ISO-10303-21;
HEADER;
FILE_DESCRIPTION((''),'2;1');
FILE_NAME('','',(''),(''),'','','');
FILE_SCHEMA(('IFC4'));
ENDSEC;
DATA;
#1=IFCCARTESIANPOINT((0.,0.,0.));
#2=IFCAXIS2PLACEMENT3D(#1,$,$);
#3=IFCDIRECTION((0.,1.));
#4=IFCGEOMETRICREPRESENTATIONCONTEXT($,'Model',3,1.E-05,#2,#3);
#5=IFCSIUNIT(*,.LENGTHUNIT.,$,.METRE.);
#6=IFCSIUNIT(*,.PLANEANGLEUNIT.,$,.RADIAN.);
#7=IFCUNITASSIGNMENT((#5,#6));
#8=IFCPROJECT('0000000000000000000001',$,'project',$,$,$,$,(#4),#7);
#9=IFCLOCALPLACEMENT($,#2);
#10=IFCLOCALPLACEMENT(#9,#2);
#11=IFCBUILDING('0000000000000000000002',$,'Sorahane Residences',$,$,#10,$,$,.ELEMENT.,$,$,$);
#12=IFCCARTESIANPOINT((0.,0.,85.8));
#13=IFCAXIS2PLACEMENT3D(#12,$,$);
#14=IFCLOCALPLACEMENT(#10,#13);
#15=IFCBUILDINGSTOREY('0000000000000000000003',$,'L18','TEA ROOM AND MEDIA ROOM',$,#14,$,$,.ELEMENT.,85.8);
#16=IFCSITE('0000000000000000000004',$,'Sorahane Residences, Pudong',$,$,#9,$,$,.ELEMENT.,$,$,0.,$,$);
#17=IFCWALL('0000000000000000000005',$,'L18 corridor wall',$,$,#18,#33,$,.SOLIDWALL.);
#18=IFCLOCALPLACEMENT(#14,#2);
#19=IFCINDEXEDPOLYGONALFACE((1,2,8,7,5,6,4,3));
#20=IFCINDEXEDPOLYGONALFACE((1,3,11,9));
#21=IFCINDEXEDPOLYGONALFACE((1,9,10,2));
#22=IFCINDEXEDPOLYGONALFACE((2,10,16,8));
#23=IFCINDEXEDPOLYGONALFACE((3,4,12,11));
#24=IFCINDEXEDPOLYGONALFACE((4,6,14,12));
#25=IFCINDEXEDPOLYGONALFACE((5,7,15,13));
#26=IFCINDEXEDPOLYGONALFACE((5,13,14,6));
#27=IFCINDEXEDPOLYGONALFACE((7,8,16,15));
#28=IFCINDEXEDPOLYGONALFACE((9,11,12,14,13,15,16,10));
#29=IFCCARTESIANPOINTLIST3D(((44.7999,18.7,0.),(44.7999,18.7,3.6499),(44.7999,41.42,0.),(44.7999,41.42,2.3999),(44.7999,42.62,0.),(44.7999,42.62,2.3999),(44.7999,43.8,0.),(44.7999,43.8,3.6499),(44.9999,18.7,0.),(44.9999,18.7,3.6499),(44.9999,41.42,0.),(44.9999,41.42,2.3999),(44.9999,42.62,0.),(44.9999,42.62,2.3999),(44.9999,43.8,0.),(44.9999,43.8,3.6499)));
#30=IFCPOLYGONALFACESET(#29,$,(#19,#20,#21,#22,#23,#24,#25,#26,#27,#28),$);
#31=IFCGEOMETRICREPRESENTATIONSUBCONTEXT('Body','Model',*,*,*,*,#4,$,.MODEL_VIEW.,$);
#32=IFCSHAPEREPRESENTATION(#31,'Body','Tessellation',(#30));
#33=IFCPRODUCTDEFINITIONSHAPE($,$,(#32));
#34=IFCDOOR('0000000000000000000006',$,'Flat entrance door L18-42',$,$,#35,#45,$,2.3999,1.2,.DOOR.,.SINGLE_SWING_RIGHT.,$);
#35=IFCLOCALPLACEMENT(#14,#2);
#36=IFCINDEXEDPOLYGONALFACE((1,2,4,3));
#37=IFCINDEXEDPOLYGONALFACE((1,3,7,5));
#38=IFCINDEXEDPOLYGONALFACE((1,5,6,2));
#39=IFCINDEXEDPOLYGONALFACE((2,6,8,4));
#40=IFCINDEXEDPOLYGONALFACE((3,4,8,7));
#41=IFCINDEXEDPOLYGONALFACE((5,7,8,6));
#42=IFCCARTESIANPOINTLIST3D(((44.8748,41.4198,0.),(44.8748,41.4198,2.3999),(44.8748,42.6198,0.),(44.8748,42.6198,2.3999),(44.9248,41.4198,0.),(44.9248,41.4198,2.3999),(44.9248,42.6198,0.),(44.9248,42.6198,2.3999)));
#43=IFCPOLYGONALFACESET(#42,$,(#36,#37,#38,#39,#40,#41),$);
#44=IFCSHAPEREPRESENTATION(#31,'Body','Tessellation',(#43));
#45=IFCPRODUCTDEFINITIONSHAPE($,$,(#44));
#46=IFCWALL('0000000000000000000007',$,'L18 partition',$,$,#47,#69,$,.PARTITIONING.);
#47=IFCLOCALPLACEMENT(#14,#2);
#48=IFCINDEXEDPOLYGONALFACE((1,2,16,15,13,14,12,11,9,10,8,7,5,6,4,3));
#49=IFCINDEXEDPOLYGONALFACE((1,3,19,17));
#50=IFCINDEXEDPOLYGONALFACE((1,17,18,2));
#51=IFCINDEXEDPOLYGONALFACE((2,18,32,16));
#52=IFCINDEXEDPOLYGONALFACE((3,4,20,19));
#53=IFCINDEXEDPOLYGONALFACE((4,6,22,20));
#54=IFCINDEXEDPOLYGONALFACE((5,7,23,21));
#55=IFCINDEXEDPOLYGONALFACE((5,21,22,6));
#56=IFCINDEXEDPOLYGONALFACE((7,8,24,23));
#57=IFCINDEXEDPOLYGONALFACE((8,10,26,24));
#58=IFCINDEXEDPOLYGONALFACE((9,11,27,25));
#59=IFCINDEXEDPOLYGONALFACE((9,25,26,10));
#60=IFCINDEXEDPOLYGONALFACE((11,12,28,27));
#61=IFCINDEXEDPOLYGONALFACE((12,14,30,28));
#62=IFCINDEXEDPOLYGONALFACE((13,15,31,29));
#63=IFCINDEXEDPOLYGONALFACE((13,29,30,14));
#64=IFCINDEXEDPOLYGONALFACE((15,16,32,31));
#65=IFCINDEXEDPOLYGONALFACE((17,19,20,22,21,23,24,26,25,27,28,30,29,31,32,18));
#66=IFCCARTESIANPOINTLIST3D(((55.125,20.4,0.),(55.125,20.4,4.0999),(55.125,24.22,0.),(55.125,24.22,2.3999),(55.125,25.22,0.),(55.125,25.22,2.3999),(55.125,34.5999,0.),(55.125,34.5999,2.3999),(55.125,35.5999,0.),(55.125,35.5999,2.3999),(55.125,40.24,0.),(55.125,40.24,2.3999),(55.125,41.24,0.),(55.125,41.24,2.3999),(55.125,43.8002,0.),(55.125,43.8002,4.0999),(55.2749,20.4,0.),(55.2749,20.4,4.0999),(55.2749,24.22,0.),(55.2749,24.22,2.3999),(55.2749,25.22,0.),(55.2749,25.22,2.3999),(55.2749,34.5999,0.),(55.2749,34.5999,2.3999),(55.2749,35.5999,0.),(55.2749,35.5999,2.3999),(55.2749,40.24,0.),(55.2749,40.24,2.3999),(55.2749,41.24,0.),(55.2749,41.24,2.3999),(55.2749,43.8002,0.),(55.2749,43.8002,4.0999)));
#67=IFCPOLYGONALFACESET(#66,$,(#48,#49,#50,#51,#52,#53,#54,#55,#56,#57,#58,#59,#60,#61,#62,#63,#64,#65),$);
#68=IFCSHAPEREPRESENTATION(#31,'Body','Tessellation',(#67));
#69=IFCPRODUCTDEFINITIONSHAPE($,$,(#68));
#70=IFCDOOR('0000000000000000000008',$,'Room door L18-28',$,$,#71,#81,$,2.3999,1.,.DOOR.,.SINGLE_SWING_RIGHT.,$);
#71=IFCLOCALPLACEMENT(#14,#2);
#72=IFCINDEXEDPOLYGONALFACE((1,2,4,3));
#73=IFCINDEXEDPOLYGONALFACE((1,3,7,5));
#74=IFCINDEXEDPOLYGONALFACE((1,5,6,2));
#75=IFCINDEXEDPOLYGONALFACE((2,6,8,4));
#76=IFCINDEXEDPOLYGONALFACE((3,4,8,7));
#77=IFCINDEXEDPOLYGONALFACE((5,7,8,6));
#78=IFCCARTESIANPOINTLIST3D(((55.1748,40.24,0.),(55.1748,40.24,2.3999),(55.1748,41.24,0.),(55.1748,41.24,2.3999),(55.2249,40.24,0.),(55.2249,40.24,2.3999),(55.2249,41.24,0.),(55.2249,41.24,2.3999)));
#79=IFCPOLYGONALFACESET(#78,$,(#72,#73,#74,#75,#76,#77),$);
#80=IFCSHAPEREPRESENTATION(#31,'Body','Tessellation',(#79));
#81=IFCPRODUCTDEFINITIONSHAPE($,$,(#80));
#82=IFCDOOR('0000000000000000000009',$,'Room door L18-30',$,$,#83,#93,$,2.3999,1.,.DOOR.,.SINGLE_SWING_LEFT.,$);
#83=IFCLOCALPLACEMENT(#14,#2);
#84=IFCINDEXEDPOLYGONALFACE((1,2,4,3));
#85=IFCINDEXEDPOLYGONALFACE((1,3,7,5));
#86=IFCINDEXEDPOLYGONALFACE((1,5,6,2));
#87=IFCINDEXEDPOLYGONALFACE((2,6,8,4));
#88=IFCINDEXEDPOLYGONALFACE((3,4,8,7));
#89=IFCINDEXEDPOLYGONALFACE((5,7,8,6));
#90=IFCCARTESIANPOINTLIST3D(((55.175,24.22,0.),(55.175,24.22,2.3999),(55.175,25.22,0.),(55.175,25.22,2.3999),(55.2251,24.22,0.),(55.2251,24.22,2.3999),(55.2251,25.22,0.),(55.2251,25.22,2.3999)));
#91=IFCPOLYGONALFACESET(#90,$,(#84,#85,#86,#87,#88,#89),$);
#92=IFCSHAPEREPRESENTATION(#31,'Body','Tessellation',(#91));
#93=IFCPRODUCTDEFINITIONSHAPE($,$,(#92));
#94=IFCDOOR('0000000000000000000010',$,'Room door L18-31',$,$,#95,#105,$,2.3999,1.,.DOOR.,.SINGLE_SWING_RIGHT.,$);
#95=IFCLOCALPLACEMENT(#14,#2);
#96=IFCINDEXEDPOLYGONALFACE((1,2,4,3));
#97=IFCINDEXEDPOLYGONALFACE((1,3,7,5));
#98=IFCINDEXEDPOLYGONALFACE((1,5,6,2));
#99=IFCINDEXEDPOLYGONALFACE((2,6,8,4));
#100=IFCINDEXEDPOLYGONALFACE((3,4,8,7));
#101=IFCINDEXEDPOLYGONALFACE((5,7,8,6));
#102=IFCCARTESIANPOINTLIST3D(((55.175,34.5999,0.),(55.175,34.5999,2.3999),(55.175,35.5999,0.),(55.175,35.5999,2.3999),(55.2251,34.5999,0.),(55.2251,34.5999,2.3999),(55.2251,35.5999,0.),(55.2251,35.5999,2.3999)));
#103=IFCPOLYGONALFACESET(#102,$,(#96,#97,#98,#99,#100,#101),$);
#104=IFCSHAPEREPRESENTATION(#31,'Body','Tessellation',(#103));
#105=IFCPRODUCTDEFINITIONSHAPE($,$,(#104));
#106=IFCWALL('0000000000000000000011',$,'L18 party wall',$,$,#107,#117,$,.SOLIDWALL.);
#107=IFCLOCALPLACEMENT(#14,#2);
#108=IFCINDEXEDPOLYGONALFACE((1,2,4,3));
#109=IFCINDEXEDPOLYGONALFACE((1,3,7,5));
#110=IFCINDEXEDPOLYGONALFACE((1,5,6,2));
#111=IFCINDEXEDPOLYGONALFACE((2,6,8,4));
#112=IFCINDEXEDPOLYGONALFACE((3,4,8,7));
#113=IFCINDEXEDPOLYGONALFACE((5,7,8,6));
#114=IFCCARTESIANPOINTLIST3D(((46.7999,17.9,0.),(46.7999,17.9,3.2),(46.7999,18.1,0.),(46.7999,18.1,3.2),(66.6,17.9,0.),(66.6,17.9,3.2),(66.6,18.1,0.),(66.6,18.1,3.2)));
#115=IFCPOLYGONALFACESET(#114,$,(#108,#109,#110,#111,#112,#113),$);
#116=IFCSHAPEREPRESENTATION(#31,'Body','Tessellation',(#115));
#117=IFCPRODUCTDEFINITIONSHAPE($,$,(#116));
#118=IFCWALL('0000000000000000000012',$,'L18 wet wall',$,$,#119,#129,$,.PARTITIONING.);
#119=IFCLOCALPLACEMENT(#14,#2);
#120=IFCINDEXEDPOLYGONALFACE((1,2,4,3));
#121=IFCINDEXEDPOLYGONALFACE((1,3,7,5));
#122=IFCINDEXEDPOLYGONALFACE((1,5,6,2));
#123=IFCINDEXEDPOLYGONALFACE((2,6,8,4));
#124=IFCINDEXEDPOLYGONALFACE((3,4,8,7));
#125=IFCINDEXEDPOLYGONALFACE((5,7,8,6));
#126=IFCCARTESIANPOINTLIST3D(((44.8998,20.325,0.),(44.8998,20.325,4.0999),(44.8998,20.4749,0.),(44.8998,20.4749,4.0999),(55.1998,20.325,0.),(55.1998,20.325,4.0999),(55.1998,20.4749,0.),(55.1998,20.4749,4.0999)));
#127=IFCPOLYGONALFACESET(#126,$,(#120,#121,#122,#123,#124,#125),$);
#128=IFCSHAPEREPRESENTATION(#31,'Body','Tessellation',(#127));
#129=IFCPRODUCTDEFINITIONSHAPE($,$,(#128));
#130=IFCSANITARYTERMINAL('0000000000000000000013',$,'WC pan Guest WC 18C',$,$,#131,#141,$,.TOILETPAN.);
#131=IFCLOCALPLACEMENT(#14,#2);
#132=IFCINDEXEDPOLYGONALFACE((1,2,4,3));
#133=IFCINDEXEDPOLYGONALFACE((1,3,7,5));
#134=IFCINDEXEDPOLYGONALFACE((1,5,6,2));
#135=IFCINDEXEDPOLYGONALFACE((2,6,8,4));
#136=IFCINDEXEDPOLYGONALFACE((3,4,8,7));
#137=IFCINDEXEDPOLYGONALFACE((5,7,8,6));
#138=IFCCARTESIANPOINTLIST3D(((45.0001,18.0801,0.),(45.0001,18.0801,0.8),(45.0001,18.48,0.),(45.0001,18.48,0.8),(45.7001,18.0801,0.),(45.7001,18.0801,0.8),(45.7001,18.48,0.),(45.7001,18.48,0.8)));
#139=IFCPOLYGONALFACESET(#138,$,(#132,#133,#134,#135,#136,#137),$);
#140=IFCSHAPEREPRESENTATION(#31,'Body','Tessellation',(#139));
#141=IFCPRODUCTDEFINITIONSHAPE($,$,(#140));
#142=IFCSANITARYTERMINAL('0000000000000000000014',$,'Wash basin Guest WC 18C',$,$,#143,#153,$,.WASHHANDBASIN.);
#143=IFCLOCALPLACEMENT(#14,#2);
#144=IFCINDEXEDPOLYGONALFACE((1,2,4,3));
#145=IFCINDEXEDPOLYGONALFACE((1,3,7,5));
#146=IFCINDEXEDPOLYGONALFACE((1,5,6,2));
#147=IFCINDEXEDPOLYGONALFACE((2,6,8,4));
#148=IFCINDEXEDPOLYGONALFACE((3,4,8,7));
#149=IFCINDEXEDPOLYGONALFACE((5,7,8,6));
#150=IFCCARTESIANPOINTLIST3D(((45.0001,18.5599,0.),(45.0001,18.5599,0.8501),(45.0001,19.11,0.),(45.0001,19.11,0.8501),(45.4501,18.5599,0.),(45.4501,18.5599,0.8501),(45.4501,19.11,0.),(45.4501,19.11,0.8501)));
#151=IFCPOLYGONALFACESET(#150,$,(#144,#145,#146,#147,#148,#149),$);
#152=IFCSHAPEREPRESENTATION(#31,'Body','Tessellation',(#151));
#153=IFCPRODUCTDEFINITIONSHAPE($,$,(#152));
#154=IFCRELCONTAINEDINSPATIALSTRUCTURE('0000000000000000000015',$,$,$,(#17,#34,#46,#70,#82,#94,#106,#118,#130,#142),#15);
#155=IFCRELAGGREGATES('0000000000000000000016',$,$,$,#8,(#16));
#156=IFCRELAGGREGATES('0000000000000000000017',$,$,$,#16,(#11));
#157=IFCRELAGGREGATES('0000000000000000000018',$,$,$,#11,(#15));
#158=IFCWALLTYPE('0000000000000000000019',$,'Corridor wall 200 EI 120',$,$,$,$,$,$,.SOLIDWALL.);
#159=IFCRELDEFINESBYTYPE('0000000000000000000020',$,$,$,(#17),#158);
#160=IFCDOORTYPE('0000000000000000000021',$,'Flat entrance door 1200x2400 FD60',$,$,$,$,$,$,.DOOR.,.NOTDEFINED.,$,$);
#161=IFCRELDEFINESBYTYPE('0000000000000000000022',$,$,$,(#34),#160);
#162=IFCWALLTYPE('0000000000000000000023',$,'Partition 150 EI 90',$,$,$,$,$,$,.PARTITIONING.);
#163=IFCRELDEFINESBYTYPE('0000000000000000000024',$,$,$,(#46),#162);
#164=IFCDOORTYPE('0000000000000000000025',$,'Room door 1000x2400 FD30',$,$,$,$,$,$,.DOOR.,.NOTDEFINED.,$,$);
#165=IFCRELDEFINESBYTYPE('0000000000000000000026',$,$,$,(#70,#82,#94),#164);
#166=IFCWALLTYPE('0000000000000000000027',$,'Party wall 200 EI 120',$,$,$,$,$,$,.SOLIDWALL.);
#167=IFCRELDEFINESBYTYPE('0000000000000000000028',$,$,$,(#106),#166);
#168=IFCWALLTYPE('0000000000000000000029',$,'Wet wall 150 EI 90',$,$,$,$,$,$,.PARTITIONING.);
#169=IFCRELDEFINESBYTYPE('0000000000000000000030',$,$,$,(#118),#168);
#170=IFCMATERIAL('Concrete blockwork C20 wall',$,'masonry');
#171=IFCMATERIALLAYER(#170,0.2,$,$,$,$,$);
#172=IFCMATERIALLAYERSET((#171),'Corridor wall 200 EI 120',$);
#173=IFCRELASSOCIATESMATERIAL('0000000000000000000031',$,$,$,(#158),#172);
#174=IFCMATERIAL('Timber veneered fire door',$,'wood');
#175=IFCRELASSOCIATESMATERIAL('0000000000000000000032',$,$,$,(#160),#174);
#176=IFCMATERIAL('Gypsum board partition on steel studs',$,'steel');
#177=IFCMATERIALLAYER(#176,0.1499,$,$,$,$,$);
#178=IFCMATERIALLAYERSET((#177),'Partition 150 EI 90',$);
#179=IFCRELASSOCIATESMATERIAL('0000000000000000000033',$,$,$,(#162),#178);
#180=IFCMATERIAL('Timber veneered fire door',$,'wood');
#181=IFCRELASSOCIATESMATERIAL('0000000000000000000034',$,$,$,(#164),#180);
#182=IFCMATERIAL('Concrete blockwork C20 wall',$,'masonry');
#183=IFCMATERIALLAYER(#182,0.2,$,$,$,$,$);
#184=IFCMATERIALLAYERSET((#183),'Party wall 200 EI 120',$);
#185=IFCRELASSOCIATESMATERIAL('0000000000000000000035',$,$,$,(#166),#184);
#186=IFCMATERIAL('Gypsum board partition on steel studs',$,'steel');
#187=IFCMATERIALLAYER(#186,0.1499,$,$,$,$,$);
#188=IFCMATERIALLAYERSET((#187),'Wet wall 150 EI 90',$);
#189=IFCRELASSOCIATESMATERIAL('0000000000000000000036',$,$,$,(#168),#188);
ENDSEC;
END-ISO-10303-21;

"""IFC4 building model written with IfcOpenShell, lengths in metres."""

from ifc_helpers import new_model, si_unit, direction, frame, frame_2d, origin, origin_2d, place, context, subcontext, project, spatial, rectangle, extrude, material, layer, layer_set, type_object, element, fill, save


model = new_model("IFC4")

# Units and contexts
model_context = context("Model", 3, precision=1e-05, world=origin(), true_north=direction((0.0, 1.0)))
body_context = subcontext(model_context, "Body", "Model", "MODEL_VIEW")
ifc_project = project(units=[si_unit("LENGTHUNIT", "METRE"), si_unit("PLANEANGLEUNIT", "RADIAN")], contexts=[model_context])

# Site, building, storey
site_placement = place(None, origin())
site = spatial("IfcSite", under=ifc_project, at=site_placement, Name="Sorahane Residences, Pudong", CompositionType="ELEMENT", RefElevation=0.0)
building_placement = place(site_placement, origin())
building = spatial("IfcBuilding", under=site, at=building_placement, Name="Sorahane Residences", CompositionType="ELEMENT")
storey_placement = place(building_placement, frame((0.0, 0.0, 85.8)))
storey = spatial("IfcBuildingStorey", under=building, at=storey_placement, Name="L18", Description="TEA ROOM AND MEDIA ROOM", CompositionType="ELEMENT", Elevation=85.8)

# Wall, opening, door
ifc_material_1 = material(Name="Concrete blockwork C20 wall", Category="masonry")
ifc_layer_1 = layer(ifc_material_1, 0.2)
ifc_layer_set_1 = layer_set([ifc_layer_1], Name="Corridor wall 200 EI 120")
wall_type_1 = type_object("IfcWallType", Name="Corridor wall 200 EI 120", PredefinedType="SOLIDWALL", material=ifc_layer_set_1)
wall_1_placement = place(storey_placement, frame((44.8999, 18.7, 0.0), z_axis=(0.0, 0.0, 1.0), x_axis=(0.0, 1.0, 0.0)))
wall_1 = element("IfcWall", 1, at=wall_1_placement, inside=storey, type_object=wall_type_1, Name="L18 corridor wall", PredefinedType="SOLIDWALL", context=body_context, shape_type="SweptSolid", body=[
    extrude(rectangle(XDim=25.1001, YDim=0.2, at=frame_2d((12.55, 0.0))), origin(), (0.0, 0.0, 1.0), 3.6499),
])
opening_1_placement = place(wall_1_placement, frame((22.72, 0.0, 0.0)))
opening_1 = element("IfcOpeningElement", 2, at=opening_1_placement, cuts=wall_1, PredefinedType="OPENING", context=body_context, shape_type="SweptSolid", body=[
    extrude(rectangle(XDim=1.2, YDim=2.3999, at=frame_2d((0.6001, 1.2))), frame((0.0, 0.1099, 0.0), z_axis=(0.0, -1.0, 0.0), x_axis=(1.0, 0.0, 0.0)), (0.0, 0.0, 1.0), 0.22),
])
ifc_material_2 = material(Name="Timber veneered fire door", Category="wood")
door_type_1 = type_object("IfcDoorType", Name="Flat entrance door 1200x2400 FD60", OperationType="NOTDEFINED", PredefinedType="DOOR", material=ifc_material_2)
door_1_placement = place(opening_1_placement, frame((1.2, 0.0, 0.0), z_axis=(0.0, 0.0, 1.0), x_axis=(-1.0, 0.0, 0.0)))
door_1 = element("IfcDoor", 3, at=door_1_placement, inside=storey, type_object=door_type_1, Name="Flat entrance door L18-42", OperationType="SINGLE_SWING_RIGHT", OverallHeight=2.3999, OverallWidth=1.2, PredefinedType="DOOR", context=body_context, shape_type="SweptSolid", body=[
    extrude(rectangle(XDim=1.2, YDim=2.3999, at=frame_2d((0.6001, 1.2))), frame((0.0, 0.0249, 0.0), z_axis=(0.0, -1.0, 0.0), x_axis=(1.0, 0.0, 0.0)), (0.0, 0.0, 1.0), 0.05),
])
fill(opening_1, door_1)

# Wall, openings, doors
ifc_material_3 = material(Name="Gypsum board partition on steel studs", Category="steel")
ifc_layer_2 = layer(ifc_material_3, 0.1499)
ifc_layer_set_2 = layer_set([ifc_layer_2], Name="Partition 150 EI 90")
wall_type_2 = type_object("IfcWallType", Name="Partition 150 EI 90", PredefinedType="PARTITIONING", material=ifc_layer_set_2)
wall_2_placement = place(storey_placement, frame((55.2, 20.3999, 0.0), z_axis=(0.0, 0.0, 1.0), x_axis=(0.0, 1.0, 0.0)))
wall_2 = element("IfcWall", 4, at=wall_2_placement, inside=storey, type_object=wall_type_2, Name="L18 partition", PredefinedType="PARTITIONING", context=body_context, shape_type="SweptSolid", body=[
    extrude(rectangle(XDim=23.4001, YDim=0.1499, at=frame_2d((11.7002, 0.0))), origin(), (0.0, 0.0, 1.0), 4.0999),
])
opening_2_placement = place(wall_2_placement, frame((19.8401, 0.0, 0.0)))
opening_2 = element("IfcOpeningElement", 5, at=opening_2_placement, cuts=wall_2, PredefinedType="OPENING", context=body_context, shape_type="SweptSolid", body=[
    extrude(rectangle(XDim=1.0, YDim=2.3999, at=frame_2d((0.5, 1.2))), frame((0.0, 0.085, 0.0), z_axis=(0.0, -1.0, 0.0), x_axis=(1.0, 0.0, 0.0)), (0.0, 0.0, 1.0), 0.1699),
])
opening_3_placement = place(wall_2_placement, frame((3.8201, 0.0, 0.0)))
opening_3 = element("IfcOpeningElement", 6, at=opening_3_placement, cuts=wall_2, PredefinedType="OPENING", context=body_context, shape_type="SweptSolid", body=[
    extrude(rectangle(XDim=1.0, YDim=2.3999, at=frame_2d((0.5, 1.2))), frame((0.0, 0.085, 0.0), z_axis=(0.0, -1.0, 0.0), x_axis=(1.0, 0.0, 0.0)), (0.0, 0.0, 1.0), 0.1699),
])
opening_4_placement = place(wall_2_placement, frame((14.2, 0.0, 0.0)))
opening_4 = element("IfcOpeningElement", 7, at=opening_4_placement, cuts=wall_2, PredefinedType="OPENING", context=body_context, shape_type="SweptSolid", body=[
    extrude(rectangle(XDim=1.0, YDim=2.3999, at=frame_2d((0.5, 1.2))), frame((0.0, 0.085, 0.0), z_axis=(0.0, -1.0, 0.0), x_axis=(1.0, 0.0, 0.0)), (0.0, 0.0, 1.0), 0.1699),
])
ifc_material_4 = material(Name="Timber veneered fire door", Category="wood")
door_type_2 = type_object("IfcDoorType", Name="Room door 1000x2400 FD30", OperationType="NOTDEFINED", PredefinedType="DOOR", material=ifc_material_4)
door_2_placement = place(opening_2_placement, frame((1.0, 0.0, 0.0), z_axis=(0.0, 0.0, 1.0), x_axis=(-1.0, 0.0, 0.0)))
door_2 = element("IfcDoor", 8, at=door_2_placement, inside=storey, type_object=door_type_2, Name="Room door L18-28", OperationType="SINGLE_SWING_RIGHT", OverallHeight=2.3999, OverallWidth=1.0, PredefinedType="DOOR", context=body_context, shape_type="SweptSolid", body=[
    extrude(rectangle(XDim=1.0, YDim=2.3999, at=frame_2d((0.5, 1.2))), frame((0.0, 0.0249, 0.0), z_axis=(0.0, -1.0, 0.0), x_axis=(1.0, 0.0, 0.0)), (0.0, 0.0, 1.0), 0.05),
])
fill(opening_2, door_2)
door_3_placement = place(opening_3_placement, origin())
door_3 = element("IfcDoor", 9, at=door_3_placement, inside=storey, type_object=door_type_2, Name="Room door L18-30", OperationType="SINGLE_SWING_LEFT", OverallHeight=2.3999, OverallWidth=1.0, PredefinedType="DOOR", context=body_context, shape_type="SweptSolid", body=[
    extrude(rectangle(XDim=1.0, YDim=2.3999, at=frame_2d((0.5, 1.2))), frame((0.0, 0.0249, 0.0), z_axis=(0.0, -1.0, 0.0), x_axis=(1.0, 0.0, 0.0)), (0.0, 0.0, 1.0), 0.05),
])
fill(opening_3, door_3)
door_4_placement = place(opening_4_placement, origin())
door_4 = element("IfcDoor", 10, at=door_4_placement, inside=storey, type_object=door_type_2, Name="Room door L18-31", OperationType="SINGLE_SWING_RIGHT", OverallHeight=2.3999, OverallWidth=1.0, PredefinedType="DOOR", context=body_context, shape_type="SweptSolid", body=[
    extrude(rectangle(XDim=1.0, YDim=2.3999, at=frame_2d((0.5, 1.2))), frame((0.0, 0.0249, 0.0), z_axis=(0.0, -1.0, 0.0), x_axis=(1.0, 0.0, 0.0)), (0.0, 0.0, 1.0), 0.05),
])
fill(opening_4, door_4)

# Wall
ifc_material_5 = material(Name="Concrete blockwork C20 wall", Category="masonry")
ifc_layer_3 = layer(ifc_material_5, 0.2)
ifc_layer_set_3 = layer_set([ifc_layer_3], Name="Party wall 200 EI 120")
wall_type_3 = type_object("IfcWallType", Name="Party wall 200 EI 120", PredefinedType="SOLIDWALL", material=ifc_layer_set_3)
wall_3_placement = place(storey_placement, frame((46.8, 18.0, 0.0), z_axis=(0.0, 0.0, 1.0), x_axis=(1.0, 0.0, 0.0)))
element("IfcWall", 11, at=wall_3_placement, inside=storey, type_object=wall_type_3, Name="L18 party wall", PredefinedType="SOLIDWALL", context=body_context, shape_type="SweptSolid", body=[
    extrude(rectangle(XDim=19.8, YDim=0.2, at=frame_2d((9.8999, 0.0))), origin(), (0.0, 0.0, 1.0), 3.2),
])

# Shared definitions
ifc_material_6 = material(Name="Gypsum board partition on steel studs", Category="steel")
ifc_layer_4 = layer(ifc_material_6, 0.1499)
ifc_layer_set_4 = layer_set([ifc_layer_4], Name="Wet wall 150 EI 90")
wall_type_4 = type_object("IfcWallType", Name="Wet wall 150 EI 90", PredefinedType="PARTITIONING", material=ifc_layer_set_4)

# Wall
wall_4_placement = place(storey_placement, frame((44.8999, 20.3999, 0.0), z_axis=(0.0, 0.0, 1.0), x_axis=(1.0, 0.0, 0.0)))
element("IfcWall", 12, at=wall_4_placement, inside=storey, type_object=wall_type_4, Name="L18 wet wall", PredefinedType="PARTITIONING", context=body_context, shape_type="SweptSolid", body=[
    extrude(rectangle(XDim=10.3, YDim=0.1499, at=frame_2d((5.1499, 0.0))), origin(), (0.0, 0.0, 1.0), 4.0999),
])

# Sanitary terminals
sanitary_terminal_1_placement = place(storey_placement, frame((45.3501, 18.28, 0.0), z_axis=(0.0, 0.0, 1.0), x_axis=(0.0, 1.0, 0.0)))
element("IfcSanitaryTerminal", 13, at=sanitary_terminal_1_placement, inside=storey, Name="WC pan Guest WC 18C", PredefinedType="TOILETPAN", context=body_context, shape_type="SweptSolid", body=[
    extrude(rectangle(XDim=0.3999, YDim=0.7, at=origin_2d()), origin(), (0.0, 0.0, 1.0), 0.8),
])
sanitary_terminal_2_placement = place(storey_placement, frame((45.2251, 18.835, 0.0), z_axis=(0.0, 0.0, 1.0), x_axis=(0.0, 1.0, 0.0)))
element("IfcSanitaryTerminal", 14, at=sanitary_terminal_2_placement, inside=storey, Name="Wash basin Guest WC 18C", PredefinedType="WASHHANDBASIN", context=body_context, shape_type="SweptSolid", body=[
    extrude(rectangle(XDim=0.55, YDim=0.45, at=origin_2d()), origin(), (0.0, 0.0, 1.0), 0.8501),
])

save(model, "model.ifc")
